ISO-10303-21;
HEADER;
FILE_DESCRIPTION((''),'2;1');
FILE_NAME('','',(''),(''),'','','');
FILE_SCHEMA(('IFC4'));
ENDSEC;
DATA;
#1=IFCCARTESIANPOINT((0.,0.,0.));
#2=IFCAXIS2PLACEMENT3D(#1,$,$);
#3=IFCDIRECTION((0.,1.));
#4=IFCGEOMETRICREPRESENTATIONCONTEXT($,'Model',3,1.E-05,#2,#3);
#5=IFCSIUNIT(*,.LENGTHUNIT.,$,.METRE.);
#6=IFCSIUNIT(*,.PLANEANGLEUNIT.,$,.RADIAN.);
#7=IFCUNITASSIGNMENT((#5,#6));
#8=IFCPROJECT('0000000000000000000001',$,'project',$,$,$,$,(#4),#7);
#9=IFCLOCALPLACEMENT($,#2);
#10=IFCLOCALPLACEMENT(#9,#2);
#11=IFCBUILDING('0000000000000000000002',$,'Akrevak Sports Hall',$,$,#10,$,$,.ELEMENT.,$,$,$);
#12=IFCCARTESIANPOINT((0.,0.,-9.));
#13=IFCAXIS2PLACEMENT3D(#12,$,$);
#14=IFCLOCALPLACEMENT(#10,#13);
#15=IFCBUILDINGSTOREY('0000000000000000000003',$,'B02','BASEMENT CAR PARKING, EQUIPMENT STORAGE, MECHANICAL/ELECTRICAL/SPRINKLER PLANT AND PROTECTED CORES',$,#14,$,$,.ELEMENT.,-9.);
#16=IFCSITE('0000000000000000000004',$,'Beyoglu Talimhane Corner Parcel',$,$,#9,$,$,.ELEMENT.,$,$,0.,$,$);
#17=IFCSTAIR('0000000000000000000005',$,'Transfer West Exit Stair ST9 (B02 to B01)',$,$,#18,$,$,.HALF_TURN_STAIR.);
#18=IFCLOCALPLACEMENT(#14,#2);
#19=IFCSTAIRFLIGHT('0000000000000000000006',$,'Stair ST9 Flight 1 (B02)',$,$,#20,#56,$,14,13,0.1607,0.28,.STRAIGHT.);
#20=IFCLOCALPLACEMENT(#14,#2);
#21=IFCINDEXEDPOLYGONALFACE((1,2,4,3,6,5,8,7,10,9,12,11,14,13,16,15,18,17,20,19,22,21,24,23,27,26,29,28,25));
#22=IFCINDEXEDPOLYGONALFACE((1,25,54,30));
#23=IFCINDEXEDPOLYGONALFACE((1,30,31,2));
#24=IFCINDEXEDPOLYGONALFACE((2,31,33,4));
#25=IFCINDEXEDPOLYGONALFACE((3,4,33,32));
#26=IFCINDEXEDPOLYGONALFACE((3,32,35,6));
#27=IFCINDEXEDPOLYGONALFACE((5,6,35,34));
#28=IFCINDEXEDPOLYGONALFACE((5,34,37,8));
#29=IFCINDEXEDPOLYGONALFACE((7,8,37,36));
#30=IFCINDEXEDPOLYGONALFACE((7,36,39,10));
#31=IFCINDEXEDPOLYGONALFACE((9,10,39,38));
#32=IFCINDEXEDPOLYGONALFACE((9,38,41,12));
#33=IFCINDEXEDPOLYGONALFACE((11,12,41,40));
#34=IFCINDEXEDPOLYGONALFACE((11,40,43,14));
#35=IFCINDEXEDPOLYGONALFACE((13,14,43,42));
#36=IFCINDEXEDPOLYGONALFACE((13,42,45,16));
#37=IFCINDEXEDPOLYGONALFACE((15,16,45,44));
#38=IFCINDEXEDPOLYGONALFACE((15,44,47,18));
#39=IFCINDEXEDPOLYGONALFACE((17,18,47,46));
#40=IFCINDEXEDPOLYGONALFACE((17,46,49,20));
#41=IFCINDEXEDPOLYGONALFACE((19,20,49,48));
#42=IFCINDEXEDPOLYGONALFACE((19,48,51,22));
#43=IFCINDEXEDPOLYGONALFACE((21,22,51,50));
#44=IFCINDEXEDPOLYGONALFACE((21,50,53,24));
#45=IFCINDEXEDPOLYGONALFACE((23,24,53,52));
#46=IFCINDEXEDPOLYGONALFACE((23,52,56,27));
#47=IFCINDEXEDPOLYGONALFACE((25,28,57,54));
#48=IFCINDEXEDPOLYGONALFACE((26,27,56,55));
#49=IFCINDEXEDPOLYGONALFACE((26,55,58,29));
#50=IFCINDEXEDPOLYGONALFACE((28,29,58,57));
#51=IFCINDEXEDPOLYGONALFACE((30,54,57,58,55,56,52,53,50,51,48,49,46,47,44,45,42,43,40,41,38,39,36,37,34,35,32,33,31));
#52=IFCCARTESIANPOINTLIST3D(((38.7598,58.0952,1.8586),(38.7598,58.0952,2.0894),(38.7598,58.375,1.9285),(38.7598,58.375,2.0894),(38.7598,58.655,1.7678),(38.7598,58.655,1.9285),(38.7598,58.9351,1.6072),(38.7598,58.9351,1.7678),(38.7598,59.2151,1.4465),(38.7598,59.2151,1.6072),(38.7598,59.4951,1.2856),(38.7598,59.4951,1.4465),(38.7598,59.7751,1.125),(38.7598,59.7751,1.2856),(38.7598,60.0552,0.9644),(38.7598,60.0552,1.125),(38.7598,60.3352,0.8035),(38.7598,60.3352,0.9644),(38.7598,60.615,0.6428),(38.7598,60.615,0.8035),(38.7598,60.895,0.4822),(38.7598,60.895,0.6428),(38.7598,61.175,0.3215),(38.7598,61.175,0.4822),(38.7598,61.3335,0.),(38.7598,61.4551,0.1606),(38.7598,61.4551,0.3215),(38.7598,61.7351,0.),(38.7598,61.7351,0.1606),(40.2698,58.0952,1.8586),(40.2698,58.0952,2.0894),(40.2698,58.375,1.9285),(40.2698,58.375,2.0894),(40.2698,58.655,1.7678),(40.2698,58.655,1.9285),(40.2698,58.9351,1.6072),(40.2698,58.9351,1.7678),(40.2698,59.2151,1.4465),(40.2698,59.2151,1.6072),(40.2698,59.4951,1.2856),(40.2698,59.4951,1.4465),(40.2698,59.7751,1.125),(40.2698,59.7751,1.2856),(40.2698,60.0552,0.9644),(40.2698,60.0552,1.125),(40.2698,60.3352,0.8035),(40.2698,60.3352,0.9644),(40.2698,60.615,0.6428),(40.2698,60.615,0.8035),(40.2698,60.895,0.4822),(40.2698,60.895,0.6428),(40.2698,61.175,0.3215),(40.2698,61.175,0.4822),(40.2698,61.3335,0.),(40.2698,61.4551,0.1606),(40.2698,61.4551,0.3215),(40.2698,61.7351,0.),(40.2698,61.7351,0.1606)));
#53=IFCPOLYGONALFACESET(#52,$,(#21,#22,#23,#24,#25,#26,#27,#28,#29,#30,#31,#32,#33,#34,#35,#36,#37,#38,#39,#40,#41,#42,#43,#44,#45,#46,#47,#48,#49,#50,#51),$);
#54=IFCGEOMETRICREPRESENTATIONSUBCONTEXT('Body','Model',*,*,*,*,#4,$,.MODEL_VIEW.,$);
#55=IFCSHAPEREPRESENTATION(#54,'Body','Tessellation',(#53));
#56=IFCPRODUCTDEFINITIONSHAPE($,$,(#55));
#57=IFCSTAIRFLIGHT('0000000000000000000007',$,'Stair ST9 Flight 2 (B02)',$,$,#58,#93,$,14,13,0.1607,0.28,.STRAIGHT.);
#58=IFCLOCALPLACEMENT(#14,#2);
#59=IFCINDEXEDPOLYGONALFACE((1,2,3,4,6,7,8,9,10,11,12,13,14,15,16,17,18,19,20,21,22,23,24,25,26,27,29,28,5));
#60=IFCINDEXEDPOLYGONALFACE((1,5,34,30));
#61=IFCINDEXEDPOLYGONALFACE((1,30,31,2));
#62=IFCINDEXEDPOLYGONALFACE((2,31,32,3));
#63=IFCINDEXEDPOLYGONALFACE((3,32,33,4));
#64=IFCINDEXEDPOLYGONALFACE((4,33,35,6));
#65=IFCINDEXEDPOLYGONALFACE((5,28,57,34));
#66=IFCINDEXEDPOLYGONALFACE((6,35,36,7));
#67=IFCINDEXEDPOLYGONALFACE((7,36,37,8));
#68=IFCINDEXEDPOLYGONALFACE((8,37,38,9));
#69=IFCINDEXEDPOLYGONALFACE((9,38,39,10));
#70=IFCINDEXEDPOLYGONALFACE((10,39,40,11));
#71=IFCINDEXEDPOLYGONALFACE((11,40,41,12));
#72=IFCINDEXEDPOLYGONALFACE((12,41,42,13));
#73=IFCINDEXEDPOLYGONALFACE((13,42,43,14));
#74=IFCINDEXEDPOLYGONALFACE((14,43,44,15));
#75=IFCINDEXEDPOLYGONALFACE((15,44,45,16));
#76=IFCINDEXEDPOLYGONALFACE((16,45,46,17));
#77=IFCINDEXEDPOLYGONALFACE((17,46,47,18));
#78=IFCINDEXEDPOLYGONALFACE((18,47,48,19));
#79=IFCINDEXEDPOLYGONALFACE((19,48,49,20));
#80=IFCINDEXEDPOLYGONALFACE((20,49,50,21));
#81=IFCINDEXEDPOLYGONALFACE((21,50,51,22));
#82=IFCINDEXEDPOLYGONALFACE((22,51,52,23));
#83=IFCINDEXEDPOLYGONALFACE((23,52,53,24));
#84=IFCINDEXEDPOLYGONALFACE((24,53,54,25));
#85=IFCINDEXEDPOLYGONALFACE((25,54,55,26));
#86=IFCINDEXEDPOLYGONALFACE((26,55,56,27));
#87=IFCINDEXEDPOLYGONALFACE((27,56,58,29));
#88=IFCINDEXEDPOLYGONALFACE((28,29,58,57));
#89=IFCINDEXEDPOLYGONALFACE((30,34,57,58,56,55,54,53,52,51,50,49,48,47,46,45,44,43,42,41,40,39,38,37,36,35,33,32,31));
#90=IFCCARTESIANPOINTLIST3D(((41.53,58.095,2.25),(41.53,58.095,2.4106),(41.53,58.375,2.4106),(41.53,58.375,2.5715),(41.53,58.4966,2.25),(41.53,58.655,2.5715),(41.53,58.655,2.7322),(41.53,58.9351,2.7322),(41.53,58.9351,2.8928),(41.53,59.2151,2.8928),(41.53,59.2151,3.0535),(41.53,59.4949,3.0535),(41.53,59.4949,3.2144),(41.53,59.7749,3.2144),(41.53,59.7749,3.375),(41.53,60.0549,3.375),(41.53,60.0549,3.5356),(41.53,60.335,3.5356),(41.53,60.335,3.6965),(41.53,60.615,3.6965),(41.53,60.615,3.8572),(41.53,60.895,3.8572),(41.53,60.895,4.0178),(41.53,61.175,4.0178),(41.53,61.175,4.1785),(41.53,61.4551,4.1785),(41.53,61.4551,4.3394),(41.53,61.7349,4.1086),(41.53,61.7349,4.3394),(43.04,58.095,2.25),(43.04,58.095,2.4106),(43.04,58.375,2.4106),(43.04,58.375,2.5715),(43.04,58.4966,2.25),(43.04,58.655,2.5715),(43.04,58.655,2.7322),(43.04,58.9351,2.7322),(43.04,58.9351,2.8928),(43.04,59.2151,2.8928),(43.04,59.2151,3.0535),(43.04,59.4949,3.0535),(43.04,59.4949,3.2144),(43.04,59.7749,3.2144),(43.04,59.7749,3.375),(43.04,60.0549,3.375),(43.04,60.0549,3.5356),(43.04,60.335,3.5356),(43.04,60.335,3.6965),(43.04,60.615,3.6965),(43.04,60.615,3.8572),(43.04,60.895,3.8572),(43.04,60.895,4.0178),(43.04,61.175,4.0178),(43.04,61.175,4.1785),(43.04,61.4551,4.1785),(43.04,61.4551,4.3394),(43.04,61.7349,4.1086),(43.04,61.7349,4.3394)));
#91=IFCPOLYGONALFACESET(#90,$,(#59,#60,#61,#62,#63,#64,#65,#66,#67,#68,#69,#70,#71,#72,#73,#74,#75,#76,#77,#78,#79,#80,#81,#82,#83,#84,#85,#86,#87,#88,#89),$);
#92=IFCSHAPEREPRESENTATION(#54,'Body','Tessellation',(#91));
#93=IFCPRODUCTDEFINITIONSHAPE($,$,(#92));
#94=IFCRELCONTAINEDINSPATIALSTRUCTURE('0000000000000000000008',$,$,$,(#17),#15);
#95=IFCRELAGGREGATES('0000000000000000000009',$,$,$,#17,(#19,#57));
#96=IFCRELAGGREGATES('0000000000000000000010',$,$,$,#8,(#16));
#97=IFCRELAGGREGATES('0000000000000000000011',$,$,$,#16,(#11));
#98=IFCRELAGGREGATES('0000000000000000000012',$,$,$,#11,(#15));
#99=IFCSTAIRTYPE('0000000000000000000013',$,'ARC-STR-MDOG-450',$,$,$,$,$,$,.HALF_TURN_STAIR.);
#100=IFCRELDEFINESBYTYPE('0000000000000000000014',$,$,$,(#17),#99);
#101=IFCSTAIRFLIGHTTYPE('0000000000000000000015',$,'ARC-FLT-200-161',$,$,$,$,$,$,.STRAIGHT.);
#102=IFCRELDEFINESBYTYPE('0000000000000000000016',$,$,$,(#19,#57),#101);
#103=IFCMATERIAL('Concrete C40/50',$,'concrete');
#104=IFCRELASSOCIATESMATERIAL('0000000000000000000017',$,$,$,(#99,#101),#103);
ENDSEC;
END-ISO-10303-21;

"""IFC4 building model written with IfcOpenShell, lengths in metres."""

from ifc_helpers import new_model, si_unit, direction, frame, origin, place, context, subcontext, project, spatial, polyline, outline, extrude, material, type_object, element, aggregate, save


model = new_model("IFC4")

# Units and contexts
model_context = context("Model", 3, precision=1e-05, world=origin(), true_north=direction((0.0, 1.0)))
body_context = subcontext(model_context, "Body", "Model", "MODEL_VIEW")
ifc_project = project(units=[si_unit("LENGTHUNIT", "METRE"), si_unit("PLANEANGLEUNIT", "RADIAN")], contexts=[model_context])

# Site, building, storey
site_placement = place(None, origin())
site = spatial("IfcSite", under=ifc_project, at=site_placement, Name="Beyoglu Talimhane Corner Parcel", CompositionType="ELEMENT", RefElevation=0.0)
building_placement = place(site_placement, origin())
building = spatial("IfcBuilding", under=site, at=building_placement, Name="Akrevak Sports Hall", CompositionType="ELEMENT")
storey_placement = place(building_placement, frame((0.0, 0.0, -9.0)))
storey = spatial("IfcBuildingStorey", under=building, at=storey_placement, Name="B02", Description="BASEMENT CAR PARKING, EQUIPMENT STORAGE, MECHANICAL/ELECTRICAL/SPRINKLER PLANT AND PROTECTED CORES", CompositionType="ELEMENT", Elevation=-9.0)

# Shared definitions
ifc_material_1 = material(Name="Concrete C40/50", Category="concrete")

# Stair, stair flights
stair_type = type_object("IfcStairType", Name="ARC-STR-MDOG-450", PredefinedType="HALF_TURN_STAIR", material=ifc_material_1)
stair_placement = place(storey_placement, origin())
stair = element("IfcStair", 1, at=stair_placement, inside=storey, type_object=stair_type, Name="Transfer West Exit Stair ST9 (B02 to B01)", PredefinedType="HALF_TURN_STAIR")
stair_flight_type = type_object("IfcStairFlightType", Name="ARC-FLT-200-161", PredefinedType="STRAIGHT", material=ifc_material_1)
stair_flight_1_placement = place(storey_placement, frame((39.5149, 61.7351, 0.0), z_axis=(0.0, 0.0, 1.0), x_axis=(0.0, -1.0, 0.0)))
stair_flight_1 = element("IfcStairFlight", 2, at=stair_flight_1_placement, type_object=stair_flight_type, Name="Stair ST9 Flight 1 (B02)", NumberOfRisers=14, NumberOfTreads=13, PredefinedType="STRAIGHT", RiserHeight=0.1607, TreadLength=0.28, context=body_context, shape_type="SweptSolid", body=[
    extrude(outline(polyline([(0.0, 0.0), (0.0, 0.1606), (0.28, 0.1606), (0.28, 0.3215), (0.5601, 0.3215), (0.5601, 0.4822), (0.8401, 0.4822), (0.8401, 0.6428), (1.1201, 0.6428), (1.1201, 0.8035), (1.3999, 0.8035), (1.3999, 0.9644), (1.6799, 0.9644), (1.6799, 1.125), (1.96, 1.125), (1.96, 1.2856), (2.24, 1.2856), (2.24, 1.4465), (2.52, 1.4465), (2.52, 1.6072), (2.8, 1.6072), (2.8, 1.7678), (3.0801, 1.7678), (3.0801, 1.9285), (3.3601, 1.9285), (3.3601, 2.0894), (3.6399, 2.0894), (3.6399, 2.25), (3.6399, 1.8586), (0.4016, 0.0), (0.0, 0.0)])), frame((0.0, 0.7549, 0.0), z_axis=(0.0, -1.0, 0.0), x_axis=(1.0, 0.0, 0.0)), (0.0, 0.0, 1.0), 1.51),
])
stair_flight_2_placement = place(storey_placement, frame((42.2849, 58.095, 2.25), z_axis=(0.0, 0.0, 1.0), x_axis=(0.0, 1.0, 0.0)))
stair_flight_2 = element("IfcStairFlight", 3, at=stair_flight_2_placement, type_object=stair_flight_type, Name="Stair ST9 Flight 2 (B02)", NumberOfRisers=14, NumberOfTreads=13, PredefinedType="STRAIGHT", RiserHeight=0.1607, TreadLength=0.28, context=body_context, shape_type="SweptSolid", body=[
    extrude(outline(polyline([(0.0, 0.0), (0.0, 0.1606), (0.28, 0.1606), (0.28, 0.3215), (0.5601, 0.3215), (0.5601, 0.4822), (0.8401, 0.4822), (0.8401, 0.6428), (1.1201, 0.6428), (1.1201, 0.8035), (1.3999, 0.8035), (1.3999, 0.9644), (1.6799, 0.9644), (1.6799, 1.125), (1.96, 1.125), (1.96, 1.2856), (2.24, 1.2856), (2.24, 1.4465), (2.52, 1.4465), (2.52, 1.6072), (2.8, 1.6072), (2.8, 1.7678), (3.0801, 1.7678), (3.0801, 1.9285), (3.3601, 1.9285), (3.3601, 2.0894), (3.6399, 2.0894), (3.6399, 2.25), (3.6399, 1.8586), (0.4016, 0.0), (0.0, 0.0)])), frame((0.0, 0.7549, 0.0), z_axis=(0.0, -1.0, 0.0), x_axis=(1.0, 0.0, 0.0)), (0.0, 0.0, 1.0), 1.51),
])
aggregate(stair, [stair_flight_1, stair_flight_2])

save(model, "model.ifc")
